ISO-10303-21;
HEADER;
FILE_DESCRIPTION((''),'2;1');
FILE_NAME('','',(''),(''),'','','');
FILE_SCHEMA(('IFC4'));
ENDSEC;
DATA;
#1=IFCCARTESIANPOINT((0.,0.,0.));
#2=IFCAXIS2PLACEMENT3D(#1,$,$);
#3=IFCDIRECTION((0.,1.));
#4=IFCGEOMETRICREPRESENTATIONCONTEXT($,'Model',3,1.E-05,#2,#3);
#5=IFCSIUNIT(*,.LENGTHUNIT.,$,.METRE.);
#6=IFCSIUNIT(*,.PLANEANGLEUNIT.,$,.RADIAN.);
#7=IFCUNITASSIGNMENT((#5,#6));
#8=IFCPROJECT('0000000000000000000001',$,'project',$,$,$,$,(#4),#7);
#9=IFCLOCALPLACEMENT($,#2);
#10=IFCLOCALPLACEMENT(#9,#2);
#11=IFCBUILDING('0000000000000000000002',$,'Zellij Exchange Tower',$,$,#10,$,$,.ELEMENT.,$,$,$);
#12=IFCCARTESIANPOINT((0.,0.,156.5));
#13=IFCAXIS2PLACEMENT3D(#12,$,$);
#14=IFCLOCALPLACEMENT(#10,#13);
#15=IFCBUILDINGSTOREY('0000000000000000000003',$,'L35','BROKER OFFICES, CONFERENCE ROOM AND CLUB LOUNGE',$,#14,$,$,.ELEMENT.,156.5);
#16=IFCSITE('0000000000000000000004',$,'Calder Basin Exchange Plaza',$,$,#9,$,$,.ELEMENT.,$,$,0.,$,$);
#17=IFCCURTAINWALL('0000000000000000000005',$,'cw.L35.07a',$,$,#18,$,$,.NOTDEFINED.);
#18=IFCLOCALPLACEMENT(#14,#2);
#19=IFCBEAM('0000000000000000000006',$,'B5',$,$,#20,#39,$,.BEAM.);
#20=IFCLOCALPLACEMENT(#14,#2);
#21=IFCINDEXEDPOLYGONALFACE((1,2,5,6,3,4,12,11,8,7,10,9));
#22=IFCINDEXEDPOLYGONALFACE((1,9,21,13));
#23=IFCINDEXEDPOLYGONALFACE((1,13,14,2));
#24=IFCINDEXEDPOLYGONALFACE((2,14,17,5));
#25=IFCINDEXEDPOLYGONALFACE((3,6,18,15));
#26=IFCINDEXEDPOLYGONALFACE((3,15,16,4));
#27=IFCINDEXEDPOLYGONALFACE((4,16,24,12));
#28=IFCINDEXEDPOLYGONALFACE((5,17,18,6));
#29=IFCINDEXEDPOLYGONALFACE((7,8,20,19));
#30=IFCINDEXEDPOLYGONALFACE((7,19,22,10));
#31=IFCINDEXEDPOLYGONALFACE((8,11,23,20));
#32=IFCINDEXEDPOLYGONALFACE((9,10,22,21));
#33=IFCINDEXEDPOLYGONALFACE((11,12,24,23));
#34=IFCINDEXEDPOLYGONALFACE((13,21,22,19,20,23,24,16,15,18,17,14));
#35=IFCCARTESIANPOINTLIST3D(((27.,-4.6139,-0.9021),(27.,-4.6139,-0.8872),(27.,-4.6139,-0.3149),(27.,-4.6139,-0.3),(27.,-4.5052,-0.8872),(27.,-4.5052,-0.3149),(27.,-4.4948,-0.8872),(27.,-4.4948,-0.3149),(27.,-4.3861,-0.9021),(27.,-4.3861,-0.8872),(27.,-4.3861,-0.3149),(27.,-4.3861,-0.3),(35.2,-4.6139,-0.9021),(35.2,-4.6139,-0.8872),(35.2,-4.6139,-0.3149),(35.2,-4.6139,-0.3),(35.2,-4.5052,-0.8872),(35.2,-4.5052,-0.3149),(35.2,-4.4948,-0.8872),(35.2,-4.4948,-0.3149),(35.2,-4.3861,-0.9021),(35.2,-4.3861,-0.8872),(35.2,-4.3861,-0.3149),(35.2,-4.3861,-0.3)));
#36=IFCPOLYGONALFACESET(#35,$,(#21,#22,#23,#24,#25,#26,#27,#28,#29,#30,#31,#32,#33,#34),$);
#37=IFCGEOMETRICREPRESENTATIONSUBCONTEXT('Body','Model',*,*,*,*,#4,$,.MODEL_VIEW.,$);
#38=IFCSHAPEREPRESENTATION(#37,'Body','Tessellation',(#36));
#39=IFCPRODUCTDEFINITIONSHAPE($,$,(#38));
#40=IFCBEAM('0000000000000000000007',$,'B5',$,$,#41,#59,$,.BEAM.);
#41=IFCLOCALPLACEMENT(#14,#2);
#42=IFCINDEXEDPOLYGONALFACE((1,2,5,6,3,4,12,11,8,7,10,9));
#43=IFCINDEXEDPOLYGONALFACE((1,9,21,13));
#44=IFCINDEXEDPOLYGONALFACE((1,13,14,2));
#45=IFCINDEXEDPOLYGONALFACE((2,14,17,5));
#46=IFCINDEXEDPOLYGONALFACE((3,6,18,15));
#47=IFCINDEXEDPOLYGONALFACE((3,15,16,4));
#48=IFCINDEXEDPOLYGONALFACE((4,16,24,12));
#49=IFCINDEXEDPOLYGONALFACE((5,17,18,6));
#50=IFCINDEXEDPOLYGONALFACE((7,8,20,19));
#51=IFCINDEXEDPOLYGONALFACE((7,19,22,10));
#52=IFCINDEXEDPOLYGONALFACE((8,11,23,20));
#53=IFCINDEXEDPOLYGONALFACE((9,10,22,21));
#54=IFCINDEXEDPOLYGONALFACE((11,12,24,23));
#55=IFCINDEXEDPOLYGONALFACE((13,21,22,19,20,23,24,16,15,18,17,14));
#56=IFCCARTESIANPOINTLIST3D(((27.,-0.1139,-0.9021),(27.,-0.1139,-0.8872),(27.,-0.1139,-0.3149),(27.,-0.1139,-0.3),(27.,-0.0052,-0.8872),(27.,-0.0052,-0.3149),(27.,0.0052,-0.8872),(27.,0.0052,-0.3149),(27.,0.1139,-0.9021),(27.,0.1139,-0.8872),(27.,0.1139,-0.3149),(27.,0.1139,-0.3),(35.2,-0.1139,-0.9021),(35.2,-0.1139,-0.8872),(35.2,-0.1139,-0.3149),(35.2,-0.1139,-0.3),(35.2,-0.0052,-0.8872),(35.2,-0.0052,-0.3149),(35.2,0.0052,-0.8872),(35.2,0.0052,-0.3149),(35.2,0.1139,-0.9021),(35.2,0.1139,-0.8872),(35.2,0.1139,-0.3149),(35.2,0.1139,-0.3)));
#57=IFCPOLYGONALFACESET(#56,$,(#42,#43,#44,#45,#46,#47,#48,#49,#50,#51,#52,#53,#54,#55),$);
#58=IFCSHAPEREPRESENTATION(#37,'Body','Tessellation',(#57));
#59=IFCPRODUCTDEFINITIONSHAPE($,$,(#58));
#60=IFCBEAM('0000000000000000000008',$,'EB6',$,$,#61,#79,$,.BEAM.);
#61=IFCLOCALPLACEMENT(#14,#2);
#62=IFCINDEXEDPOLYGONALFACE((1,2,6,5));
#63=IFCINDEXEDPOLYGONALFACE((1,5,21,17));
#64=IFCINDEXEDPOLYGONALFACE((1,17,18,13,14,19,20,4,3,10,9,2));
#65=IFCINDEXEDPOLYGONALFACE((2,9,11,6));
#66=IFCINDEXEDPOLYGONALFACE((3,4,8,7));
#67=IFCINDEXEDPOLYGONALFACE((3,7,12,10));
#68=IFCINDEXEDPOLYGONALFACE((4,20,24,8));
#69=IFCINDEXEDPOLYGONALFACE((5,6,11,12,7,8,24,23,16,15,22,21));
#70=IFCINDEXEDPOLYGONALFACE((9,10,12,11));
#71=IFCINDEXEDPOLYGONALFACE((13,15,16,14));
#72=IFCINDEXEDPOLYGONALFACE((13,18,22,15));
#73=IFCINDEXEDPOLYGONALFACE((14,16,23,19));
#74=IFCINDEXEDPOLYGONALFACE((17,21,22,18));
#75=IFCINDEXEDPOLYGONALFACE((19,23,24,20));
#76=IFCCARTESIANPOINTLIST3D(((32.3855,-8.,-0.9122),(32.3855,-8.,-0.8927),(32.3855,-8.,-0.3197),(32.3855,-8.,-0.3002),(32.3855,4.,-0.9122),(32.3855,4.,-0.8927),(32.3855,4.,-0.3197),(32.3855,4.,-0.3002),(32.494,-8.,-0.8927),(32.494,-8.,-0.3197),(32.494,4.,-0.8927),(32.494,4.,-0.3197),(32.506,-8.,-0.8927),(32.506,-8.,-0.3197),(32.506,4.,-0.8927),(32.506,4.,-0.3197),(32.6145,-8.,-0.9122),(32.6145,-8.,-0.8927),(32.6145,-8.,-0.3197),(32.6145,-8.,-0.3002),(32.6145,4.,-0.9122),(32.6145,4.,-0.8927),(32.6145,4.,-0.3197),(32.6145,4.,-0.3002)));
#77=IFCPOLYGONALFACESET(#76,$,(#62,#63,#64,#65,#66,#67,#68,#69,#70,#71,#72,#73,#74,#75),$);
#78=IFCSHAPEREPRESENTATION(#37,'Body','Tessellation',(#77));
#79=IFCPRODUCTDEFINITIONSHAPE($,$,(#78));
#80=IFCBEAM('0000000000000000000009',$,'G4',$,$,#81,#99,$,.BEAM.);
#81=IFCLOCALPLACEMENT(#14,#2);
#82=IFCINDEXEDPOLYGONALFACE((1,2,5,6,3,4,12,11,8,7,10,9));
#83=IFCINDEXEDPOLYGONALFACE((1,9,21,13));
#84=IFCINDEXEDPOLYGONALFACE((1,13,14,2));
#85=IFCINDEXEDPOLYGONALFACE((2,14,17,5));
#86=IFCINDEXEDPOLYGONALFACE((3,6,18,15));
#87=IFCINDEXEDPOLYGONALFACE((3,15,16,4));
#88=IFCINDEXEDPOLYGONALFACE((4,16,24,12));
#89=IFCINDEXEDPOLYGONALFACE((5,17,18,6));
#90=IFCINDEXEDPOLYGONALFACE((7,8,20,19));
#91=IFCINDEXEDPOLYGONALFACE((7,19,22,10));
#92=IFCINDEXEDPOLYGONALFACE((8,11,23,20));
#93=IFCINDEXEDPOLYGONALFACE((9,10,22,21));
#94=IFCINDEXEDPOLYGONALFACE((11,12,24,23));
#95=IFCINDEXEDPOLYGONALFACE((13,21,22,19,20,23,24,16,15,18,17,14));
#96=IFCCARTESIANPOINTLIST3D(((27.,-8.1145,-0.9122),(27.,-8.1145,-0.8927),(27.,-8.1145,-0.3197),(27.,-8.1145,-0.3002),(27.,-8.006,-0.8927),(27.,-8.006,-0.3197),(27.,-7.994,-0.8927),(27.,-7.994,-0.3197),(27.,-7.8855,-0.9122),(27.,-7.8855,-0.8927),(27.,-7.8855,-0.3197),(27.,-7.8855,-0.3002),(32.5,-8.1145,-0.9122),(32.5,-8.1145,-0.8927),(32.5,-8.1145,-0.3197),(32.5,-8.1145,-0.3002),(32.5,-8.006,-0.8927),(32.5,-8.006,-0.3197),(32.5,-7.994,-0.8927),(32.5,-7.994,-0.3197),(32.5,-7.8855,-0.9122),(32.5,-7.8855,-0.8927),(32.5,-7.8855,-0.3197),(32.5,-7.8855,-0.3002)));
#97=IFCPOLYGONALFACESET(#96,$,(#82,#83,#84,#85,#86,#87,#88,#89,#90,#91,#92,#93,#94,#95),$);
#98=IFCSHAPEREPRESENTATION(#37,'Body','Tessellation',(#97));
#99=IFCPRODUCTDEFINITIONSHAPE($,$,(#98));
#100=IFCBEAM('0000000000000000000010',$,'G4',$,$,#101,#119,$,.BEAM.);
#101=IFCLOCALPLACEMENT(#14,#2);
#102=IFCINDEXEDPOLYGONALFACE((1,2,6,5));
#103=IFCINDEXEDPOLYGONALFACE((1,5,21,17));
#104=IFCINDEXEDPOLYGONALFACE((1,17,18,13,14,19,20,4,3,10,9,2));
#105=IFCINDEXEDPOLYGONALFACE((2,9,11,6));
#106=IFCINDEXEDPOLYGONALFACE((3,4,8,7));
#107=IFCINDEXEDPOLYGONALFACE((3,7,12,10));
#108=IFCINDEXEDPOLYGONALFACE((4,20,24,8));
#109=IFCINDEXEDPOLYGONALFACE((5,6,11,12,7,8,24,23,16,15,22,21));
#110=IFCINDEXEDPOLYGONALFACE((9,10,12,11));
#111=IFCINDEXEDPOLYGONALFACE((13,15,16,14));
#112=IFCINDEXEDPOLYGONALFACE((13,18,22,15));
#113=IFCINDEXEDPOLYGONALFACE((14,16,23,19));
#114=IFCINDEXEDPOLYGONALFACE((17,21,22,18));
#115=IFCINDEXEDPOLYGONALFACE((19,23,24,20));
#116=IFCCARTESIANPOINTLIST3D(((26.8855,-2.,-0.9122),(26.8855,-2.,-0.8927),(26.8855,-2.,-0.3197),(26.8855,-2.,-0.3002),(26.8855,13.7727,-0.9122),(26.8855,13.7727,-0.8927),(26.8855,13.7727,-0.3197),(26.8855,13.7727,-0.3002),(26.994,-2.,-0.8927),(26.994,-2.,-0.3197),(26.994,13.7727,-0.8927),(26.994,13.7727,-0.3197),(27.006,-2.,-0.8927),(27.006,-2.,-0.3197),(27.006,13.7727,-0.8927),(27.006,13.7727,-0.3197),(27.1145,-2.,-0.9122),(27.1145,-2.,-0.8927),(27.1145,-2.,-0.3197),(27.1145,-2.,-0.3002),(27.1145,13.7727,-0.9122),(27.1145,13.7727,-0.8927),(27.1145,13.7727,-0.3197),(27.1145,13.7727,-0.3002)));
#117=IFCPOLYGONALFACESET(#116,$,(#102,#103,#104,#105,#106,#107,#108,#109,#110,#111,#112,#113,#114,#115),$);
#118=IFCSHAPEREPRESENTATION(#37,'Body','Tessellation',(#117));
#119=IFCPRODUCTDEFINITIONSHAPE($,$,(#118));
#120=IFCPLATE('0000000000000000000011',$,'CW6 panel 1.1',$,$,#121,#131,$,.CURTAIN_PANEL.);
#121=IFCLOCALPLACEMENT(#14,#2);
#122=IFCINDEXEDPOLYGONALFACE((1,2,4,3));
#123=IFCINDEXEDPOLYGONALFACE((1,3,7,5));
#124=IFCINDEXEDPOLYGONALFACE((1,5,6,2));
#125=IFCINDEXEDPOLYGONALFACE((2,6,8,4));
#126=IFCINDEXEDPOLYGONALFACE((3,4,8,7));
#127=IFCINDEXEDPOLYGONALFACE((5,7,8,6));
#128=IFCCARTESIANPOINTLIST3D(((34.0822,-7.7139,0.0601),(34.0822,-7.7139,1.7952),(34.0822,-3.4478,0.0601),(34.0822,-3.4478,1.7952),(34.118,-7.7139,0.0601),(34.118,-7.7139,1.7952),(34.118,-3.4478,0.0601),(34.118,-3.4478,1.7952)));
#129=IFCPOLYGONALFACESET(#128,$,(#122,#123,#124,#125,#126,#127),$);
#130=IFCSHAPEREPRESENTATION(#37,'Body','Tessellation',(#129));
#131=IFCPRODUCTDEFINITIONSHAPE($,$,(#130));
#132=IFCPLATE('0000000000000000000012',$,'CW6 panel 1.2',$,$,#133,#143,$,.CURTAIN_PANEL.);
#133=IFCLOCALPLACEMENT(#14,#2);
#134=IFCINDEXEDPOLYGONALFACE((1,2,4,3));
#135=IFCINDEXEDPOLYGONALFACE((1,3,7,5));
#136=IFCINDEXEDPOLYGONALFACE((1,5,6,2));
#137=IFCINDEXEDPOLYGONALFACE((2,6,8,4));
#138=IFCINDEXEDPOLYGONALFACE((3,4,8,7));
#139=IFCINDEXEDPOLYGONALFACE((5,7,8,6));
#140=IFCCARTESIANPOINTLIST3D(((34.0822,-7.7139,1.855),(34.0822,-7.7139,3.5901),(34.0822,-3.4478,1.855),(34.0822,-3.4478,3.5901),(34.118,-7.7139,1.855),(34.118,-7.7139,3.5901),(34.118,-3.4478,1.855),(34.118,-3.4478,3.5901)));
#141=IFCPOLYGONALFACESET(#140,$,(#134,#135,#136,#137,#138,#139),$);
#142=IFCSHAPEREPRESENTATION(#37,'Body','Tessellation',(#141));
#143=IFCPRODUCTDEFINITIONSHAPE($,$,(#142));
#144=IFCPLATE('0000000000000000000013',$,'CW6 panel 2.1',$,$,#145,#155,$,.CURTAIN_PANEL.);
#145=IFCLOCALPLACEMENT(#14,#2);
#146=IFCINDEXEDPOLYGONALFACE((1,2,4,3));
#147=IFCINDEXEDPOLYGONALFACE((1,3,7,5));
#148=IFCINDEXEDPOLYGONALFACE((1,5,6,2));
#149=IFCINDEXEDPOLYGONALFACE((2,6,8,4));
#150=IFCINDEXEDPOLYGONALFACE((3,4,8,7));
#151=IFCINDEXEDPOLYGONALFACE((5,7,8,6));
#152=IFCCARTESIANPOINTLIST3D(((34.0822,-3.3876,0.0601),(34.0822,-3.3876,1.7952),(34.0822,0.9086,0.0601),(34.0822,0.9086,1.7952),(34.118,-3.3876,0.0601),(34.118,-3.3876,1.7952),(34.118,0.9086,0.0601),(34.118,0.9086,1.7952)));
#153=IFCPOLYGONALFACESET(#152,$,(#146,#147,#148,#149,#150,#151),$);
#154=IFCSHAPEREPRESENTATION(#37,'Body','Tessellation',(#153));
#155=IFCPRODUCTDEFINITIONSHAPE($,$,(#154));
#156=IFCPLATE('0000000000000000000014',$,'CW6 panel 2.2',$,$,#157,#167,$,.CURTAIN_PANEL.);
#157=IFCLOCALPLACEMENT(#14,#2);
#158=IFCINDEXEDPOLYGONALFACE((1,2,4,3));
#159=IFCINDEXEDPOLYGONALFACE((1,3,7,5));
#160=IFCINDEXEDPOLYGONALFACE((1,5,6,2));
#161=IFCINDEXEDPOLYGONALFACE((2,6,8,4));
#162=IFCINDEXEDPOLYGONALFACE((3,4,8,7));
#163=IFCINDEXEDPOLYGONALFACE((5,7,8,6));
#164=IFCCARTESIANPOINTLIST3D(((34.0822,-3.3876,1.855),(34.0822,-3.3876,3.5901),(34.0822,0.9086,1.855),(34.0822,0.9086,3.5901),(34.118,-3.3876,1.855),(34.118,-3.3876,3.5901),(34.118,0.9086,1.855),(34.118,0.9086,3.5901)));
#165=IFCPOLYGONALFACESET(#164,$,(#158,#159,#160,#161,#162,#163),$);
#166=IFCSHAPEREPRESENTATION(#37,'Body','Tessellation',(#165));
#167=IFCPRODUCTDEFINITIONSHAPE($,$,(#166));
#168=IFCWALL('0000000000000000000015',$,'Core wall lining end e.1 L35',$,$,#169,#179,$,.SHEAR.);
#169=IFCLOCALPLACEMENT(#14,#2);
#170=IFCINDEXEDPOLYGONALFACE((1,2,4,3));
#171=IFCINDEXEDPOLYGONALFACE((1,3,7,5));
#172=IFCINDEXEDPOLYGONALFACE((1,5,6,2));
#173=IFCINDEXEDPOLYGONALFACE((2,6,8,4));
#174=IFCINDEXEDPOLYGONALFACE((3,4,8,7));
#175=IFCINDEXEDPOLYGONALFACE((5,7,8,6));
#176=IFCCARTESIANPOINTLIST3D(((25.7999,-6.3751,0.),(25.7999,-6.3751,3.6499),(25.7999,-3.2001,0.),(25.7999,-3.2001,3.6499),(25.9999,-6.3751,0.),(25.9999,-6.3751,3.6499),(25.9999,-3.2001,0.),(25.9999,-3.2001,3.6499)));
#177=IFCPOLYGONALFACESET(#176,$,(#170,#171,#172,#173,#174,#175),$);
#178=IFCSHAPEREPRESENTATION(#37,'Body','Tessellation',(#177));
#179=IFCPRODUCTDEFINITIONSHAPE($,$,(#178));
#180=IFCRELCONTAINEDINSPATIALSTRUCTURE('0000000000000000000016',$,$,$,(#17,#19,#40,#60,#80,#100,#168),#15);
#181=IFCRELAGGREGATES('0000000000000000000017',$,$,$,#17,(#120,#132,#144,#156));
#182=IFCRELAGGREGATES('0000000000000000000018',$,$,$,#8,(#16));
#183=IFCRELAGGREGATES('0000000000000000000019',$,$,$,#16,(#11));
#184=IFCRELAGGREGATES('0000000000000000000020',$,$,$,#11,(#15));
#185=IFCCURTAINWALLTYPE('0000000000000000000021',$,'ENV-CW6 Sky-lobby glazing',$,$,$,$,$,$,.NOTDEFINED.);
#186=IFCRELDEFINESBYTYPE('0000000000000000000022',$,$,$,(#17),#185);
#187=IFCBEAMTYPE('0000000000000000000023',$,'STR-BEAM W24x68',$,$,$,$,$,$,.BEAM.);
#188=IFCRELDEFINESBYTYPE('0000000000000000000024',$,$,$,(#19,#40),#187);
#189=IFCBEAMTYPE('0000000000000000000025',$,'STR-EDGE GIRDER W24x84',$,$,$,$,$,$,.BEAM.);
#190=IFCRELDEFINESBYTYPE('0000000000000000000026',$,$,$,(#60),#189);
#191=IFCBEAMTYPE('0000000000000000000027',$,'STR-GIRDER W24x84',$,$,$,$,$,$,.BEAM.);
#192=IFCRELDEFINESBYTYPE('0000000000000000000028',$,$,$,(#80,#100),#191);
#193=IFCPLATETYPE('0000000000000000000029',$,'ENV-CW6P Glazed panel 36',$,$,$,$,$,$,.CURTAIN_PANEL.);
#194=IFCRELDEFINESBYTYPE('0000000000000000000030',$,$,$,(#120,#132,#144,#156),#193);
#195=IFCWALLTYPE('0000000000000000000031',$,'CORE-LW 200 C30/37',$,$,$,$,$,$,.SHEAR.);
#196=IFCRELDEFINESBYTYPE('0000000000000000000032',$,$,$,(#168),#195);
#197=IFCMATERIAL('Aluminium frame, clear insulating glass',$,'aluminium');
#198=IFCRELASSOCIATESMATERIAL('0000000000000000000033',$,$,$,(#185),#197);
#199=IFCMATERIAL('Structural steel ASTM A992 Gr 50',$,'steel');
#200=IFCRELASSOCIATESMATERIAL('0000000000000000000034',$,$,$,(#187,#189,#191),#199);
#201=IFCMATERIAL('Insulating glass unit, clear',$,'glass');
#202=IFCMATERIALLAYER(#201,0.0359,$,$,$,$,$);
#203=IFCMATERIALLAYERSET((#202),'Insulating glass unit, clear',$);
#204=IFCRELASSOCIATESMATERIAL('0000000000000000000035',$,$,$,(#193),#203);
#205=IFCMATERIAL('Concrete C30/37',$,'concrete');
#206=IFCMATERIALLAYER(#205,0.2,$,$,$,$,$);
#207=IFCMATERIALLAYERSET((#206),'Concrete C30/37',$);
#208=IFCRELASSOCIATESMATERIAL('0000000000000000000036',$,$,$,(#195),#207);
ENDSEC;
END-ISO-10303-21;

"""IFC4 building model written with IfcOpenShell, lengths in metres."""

from ifc_helpers import new_model, si_unit, direction, frame, frame_2d, origin, origin_2d, place, context, subcontext, project, spatial, rectangle, i_section, extrude, material, layer, layer_set, material_profile, profile_set, type_object, element, aggregate, save


model = new_model("IFC4")

# Units and contexts
model_context = context("Model", 3, precision=1e-05, world=origin(), true_north=direction((0.0, 1.0)))
body_context = subcontext(model_context, "Body", "Model", "MODEL_VIEW")
ifc_project = project(units=[si_unit("LENGTHUNIT", "METRE"), si_unit("PLANEANGLEUNIT", "RADIAN")], contexts=[model_context])

# Site, building, storey
site_placement = place(None, origin())
site = spatial("IfcSite", under=ifc_project, at=site_placement, Name="Calder Basin Exchange Plaza", CompositionType="ELEMENT", RefElevation=0.0)
building_placement = place(site_placement, origin())
building = spatial("IfcBuilding", under=site, at=building_placement, Name="Zellij Exchange Tower", CompositionType="ELEMENT")
storey_placement = place(building_placement, frame((0.0, 0.0, 156.5)))
storey = spatial("IfcBuildingStorey", under=building, at=storey_placement, Name="L35", Description="BROKER OFFICES, CONFERENCE ROOM AND CLUB LOUNGE", CompositionType="ELEMENT", Elevation=156.5)

# Curtain wall
ifc_material_1 = material(Name="Aluminium frame, clear insulating glass", Category="aluminium")
curtain_wall_type = type_object("IfcCurtainWallType", Name="ENV-CW6 Sky-lobby glazing", PredefinedType="NOTDEFINED", material=ifc_material_1)
curtain_wall_placement = place(storey_placement, origin())
curtain_wall = element("IfcCurtainWall", 1, at=curtain_wall_placement, inside=storey, type_object=curtain_wall_type, Name="cw.L35.07a", PredefinedType="NOTDEFINED")

# Beams
ifc_material_2 = material(Name="Structural steel ASTM A992 Gr 50", Category="steel")
ifc_material_profile_1 = material_profile(ifc_material_2, i_section(OverallWidth=0.2278, OverallDepth=0.6021, WebThickness=0.0105, FlangeThickness=0.0149, at=origin_2d()), Name="W24x68")
ifc_profile_set_1 = profile_set([ifc_material_profile_1], Name="Structural steel ASTM A992 Gr 50")
beam_type_1 = type_object("IfcBeamType", Name="STR-BEAM W24x68", PredefinedType="BEAM", material=ifc_profile_set_1)
for number, where, z_axis, x_axis, name in (
    (2, (27.0, -4.5, -0.6011), (1.0, 0.0, 0.0), (0.0, 1.0, 0.0), "B5"),
    (3, (27.0, 0.0, -0.6011), (1.0, 0.0, 0.0), (0.0, 1.0, 0.0), "B5"),
):
    element("IfcBeam", number, at=place(storey_placement, frame(where, z_axis=z_axis, x_axis=x_axis)), inside=storey, type_object=beam_type_1, Name=name, PredefinedType="BEAM", context=body_context, shape_type="SweptSolid", body=[
        extrude(i_section(OverallWidth=0.2278, OverallDepth=0.6021, WebThickness=0.0105, FlangeThickness=0.0149, at=origin_2d()), origin(), (0.0, 0.0, 1.0), 8.2),
    ])
ifc_material_profile_2 = material_profile(ifc_material_2, i_section(OverallWidth=0.229, OverallDepth=0.6121, WebThickness=0.012, FlangeThickness=0.0195, at=origin_2d()), Name="W24x84")
ifc_profile_set_2 = profile_set([ifc_material_profile_2], Name="Structural steel ASTM A992 Gr 50")
beam_type_2 = type_object("IfcBeamType", Name="STR-EDGE GIRDER W24x84", PredefinedType="BEAM", material=ifc_profile_set_2)
beam_1_placement = place(storey_placement, frame((32.5, -8.0, -0.6062), z_axis=(0.0, 1.0, 0.0), x_axis=(-1.0, 0.0, 0.0)))
element("IfcBeam", 4, at=beam_1_placement, inside=storey, type_object=beam_type_2, Name="EB6", PredefinedType="BEAM", context=body_context, shape_type="SweptSolid", body=[
    extrude(i_section(OverallWidth=0.229, OverallDepth=0.6121, WebThickness=0.012, FlangeThickness=0.0195, at=origin_2d()), origin(), (0.0, 0.0, 1.0), 12.0),
])
ifc_material_profile_3 = material_profile(ifc_material_2, i_section(OverallWidth=0.229, OverallDepth=0.6121, WebThickness=0.012, FlangeThickness=0.0195, at=origin_2d()), Name="W24x84")
ifc_profile_set_3 = profile_set([ifc_material_profile_3], Name="Structural steel ASTM A992 Gr 50")
beam_type_3 = type_object("IfcBeamType", Name="STR-GIRDER W24x84", PredefinedType="BEAM", material=ifc_profile_set_3)
beam_2_placement = place(storey_placement, frame((27.0, -8.0, -0.6062), z_axis=(1.0, 0.0, 0.0), x_axis=(0.0, 1.0, 0.0)))
element("IfcBeam", 5, at=beam_2_placement, inside=storey, type_object=beam_type_3, Name="G4", PredefinedType="BEAM", context=body_context, shape_type="SweptSolid", body=[
    extrude(i_section(OverallWidth=0.229, OverallDepth=0.6121, WebThickness=0.012, FlangeThickness=0.0195, at=origin_2d()), origin(), (0.0, 0.0, 1.0), 5.5),
])
beam_3_placement = place(storey_placement, frame((27.0, -2.0, -0.6062), z_axis=(0.0, 1.0, 0.0), x_axis=(-1.0, 0.0, 0.0)))
element("IfcBeam", 6, at=beam_3_placement, inside=storey, type_object=beam_type_3, Name="G4", PredefinedType="BEAM", context=body_context, shape_type="SweptSolid", body=[
    extrude(i_section(OverallWidth=0.229, OverallDepth=0.6121, WebThickness=0.012, FlangeThickness=0.0195, at=origin_2d()), origin(), (0.0, 0.0, 1.0), 15.7727),
])

# Plates
ifc_material_3 = material(Name="Insulating glass unit, clear", Category="glass")
ifc_layer_1 = layer(ifc_material_3, 0.0359)
ifc_layer_set_1 = layer_set([ifc_layer_1], Name="Insulating glass unit, clear")
plate_type = type_object("IfcPlateType", Name="ENV-CW6P Glazed panel 36", PredefinedType="CURTAIN_PANEL", material=ifc_layer_set_1)
plate_1_placement = place(storey_placement, frame((34.1001, -5.5808, 0.0601), z_axis=(0.0, 0.0, 1.0), x_axis=(0.0, 1.0, 0.0)))
plate_1 = element("IfcPlate", 7, at=plate_1_placement, type_object=plate_type, Name="CW6 panel 1.1", PredefinedType="CURTAIN_PANEL", context=body_context, shape_type="SweptSolid", body=[
    extrude(rectangle(XDim=4.2661, YDim=0.0359, at=origin_2d()), origin(), (0.0, 0.0, 1.0), 1.7351),
])
plate_2_placement = place(storey_placement, frame((34.1001, -5.5808, 1.855), z_axis=(0.0, 0.0, 1.0), x_axis=(0.0, 1.0, 0.0)))
plate_2 = element("IfcPlate", 8, at=plate_2_placement, type_object=plate_type, Name="CW6 panel 1.2", PredefinedType="CURTAIN_PANEL", context=body_context, shape_type="SweptSolid", body=[
    extrude(rectangle(XDim=4.2661, YDim=0.0359, at=origin_2d()), origin(), (0.0, 0.0, 1.0), 1.7351),
])
plate_3_placement = place(storey_placement, frame((34.1001, -1.2395, 0.0601), z_axis=(0.0, 0.0, 1.0), x_axis=(0.0, 1.0, 0.0)))
plate_3 = element("IfcPlate", 9, at=plate_3_placement, type_object=plate_type, Name="CW6 panel 2.1", PredefinedType="CURTAIN_PANEL", context=body_context, shape_type="SweptSolid", body=[
    extrude(rectangle(XDim=4.2961, YDim=0.0359, at=origin_2d()), origin(), (0.0, 0.0, 1.0), 1.7351),
])
plate_4_placement = place(storey_placement, frame((34.1001, -1.2395, 1.855), z_axis=(0.0, 0.0, 1.0), x_axis=(0.0, 1.0, 0.0)))
plate_4 = element("IfcPlate", 10, at=plate_4_placement, type_object=plate_type, Name="CW6 panel 2.2", PredefinedType="CURTAIN_PANEL", context=body_context, shape_type="SweptSolid", body=[
    extrude(rectangle(XDim=4.2961, YDim=0.0359, at=origin_2d()), origin(), (0.0, 0.0, 1.0), 1.7351),
])
aggregate(curtain_wall, [plate_1, plate_2, plate_3, plate_4])

# Wall
ifc_material_4 = material(Name="Concrete C30/37", Category="concrete")
ifc_layer_2 = layer(ifc_material_4, 0.2)
ifc_layer_set_2 = layer_set([ifc_layer_2], Name="Concrete C30/37")
wall_type_1 = type_object("IfcWallType", Name="CORE-LW 200 C30/37", PredefinedType="SHEAR", material=ifc_layer_set_2)
wall_1_placement = place(storey_placement, frame((25.8999, -6.375, 0.0), z_axis=(0.0, 0.0, 1.0), x_axis=(0.0, 1.0, 0.0)))
element("IfcWall", 11, at=wall_1_placement, inside=storey, type_object=wall_type_1, Name="Core wall lining end e.1 L35", PredefinedType="SHEAR", context=body_context, shape_type="SweptSolid", body=[
    extrude(rectangle(XDim=3.175, YDim=0.2, at=frame_2d((1.5874, 0.0))), origin(), (0.0, 0.0, 1.0), 3.6499),
])

save(model, "model.ifc")
